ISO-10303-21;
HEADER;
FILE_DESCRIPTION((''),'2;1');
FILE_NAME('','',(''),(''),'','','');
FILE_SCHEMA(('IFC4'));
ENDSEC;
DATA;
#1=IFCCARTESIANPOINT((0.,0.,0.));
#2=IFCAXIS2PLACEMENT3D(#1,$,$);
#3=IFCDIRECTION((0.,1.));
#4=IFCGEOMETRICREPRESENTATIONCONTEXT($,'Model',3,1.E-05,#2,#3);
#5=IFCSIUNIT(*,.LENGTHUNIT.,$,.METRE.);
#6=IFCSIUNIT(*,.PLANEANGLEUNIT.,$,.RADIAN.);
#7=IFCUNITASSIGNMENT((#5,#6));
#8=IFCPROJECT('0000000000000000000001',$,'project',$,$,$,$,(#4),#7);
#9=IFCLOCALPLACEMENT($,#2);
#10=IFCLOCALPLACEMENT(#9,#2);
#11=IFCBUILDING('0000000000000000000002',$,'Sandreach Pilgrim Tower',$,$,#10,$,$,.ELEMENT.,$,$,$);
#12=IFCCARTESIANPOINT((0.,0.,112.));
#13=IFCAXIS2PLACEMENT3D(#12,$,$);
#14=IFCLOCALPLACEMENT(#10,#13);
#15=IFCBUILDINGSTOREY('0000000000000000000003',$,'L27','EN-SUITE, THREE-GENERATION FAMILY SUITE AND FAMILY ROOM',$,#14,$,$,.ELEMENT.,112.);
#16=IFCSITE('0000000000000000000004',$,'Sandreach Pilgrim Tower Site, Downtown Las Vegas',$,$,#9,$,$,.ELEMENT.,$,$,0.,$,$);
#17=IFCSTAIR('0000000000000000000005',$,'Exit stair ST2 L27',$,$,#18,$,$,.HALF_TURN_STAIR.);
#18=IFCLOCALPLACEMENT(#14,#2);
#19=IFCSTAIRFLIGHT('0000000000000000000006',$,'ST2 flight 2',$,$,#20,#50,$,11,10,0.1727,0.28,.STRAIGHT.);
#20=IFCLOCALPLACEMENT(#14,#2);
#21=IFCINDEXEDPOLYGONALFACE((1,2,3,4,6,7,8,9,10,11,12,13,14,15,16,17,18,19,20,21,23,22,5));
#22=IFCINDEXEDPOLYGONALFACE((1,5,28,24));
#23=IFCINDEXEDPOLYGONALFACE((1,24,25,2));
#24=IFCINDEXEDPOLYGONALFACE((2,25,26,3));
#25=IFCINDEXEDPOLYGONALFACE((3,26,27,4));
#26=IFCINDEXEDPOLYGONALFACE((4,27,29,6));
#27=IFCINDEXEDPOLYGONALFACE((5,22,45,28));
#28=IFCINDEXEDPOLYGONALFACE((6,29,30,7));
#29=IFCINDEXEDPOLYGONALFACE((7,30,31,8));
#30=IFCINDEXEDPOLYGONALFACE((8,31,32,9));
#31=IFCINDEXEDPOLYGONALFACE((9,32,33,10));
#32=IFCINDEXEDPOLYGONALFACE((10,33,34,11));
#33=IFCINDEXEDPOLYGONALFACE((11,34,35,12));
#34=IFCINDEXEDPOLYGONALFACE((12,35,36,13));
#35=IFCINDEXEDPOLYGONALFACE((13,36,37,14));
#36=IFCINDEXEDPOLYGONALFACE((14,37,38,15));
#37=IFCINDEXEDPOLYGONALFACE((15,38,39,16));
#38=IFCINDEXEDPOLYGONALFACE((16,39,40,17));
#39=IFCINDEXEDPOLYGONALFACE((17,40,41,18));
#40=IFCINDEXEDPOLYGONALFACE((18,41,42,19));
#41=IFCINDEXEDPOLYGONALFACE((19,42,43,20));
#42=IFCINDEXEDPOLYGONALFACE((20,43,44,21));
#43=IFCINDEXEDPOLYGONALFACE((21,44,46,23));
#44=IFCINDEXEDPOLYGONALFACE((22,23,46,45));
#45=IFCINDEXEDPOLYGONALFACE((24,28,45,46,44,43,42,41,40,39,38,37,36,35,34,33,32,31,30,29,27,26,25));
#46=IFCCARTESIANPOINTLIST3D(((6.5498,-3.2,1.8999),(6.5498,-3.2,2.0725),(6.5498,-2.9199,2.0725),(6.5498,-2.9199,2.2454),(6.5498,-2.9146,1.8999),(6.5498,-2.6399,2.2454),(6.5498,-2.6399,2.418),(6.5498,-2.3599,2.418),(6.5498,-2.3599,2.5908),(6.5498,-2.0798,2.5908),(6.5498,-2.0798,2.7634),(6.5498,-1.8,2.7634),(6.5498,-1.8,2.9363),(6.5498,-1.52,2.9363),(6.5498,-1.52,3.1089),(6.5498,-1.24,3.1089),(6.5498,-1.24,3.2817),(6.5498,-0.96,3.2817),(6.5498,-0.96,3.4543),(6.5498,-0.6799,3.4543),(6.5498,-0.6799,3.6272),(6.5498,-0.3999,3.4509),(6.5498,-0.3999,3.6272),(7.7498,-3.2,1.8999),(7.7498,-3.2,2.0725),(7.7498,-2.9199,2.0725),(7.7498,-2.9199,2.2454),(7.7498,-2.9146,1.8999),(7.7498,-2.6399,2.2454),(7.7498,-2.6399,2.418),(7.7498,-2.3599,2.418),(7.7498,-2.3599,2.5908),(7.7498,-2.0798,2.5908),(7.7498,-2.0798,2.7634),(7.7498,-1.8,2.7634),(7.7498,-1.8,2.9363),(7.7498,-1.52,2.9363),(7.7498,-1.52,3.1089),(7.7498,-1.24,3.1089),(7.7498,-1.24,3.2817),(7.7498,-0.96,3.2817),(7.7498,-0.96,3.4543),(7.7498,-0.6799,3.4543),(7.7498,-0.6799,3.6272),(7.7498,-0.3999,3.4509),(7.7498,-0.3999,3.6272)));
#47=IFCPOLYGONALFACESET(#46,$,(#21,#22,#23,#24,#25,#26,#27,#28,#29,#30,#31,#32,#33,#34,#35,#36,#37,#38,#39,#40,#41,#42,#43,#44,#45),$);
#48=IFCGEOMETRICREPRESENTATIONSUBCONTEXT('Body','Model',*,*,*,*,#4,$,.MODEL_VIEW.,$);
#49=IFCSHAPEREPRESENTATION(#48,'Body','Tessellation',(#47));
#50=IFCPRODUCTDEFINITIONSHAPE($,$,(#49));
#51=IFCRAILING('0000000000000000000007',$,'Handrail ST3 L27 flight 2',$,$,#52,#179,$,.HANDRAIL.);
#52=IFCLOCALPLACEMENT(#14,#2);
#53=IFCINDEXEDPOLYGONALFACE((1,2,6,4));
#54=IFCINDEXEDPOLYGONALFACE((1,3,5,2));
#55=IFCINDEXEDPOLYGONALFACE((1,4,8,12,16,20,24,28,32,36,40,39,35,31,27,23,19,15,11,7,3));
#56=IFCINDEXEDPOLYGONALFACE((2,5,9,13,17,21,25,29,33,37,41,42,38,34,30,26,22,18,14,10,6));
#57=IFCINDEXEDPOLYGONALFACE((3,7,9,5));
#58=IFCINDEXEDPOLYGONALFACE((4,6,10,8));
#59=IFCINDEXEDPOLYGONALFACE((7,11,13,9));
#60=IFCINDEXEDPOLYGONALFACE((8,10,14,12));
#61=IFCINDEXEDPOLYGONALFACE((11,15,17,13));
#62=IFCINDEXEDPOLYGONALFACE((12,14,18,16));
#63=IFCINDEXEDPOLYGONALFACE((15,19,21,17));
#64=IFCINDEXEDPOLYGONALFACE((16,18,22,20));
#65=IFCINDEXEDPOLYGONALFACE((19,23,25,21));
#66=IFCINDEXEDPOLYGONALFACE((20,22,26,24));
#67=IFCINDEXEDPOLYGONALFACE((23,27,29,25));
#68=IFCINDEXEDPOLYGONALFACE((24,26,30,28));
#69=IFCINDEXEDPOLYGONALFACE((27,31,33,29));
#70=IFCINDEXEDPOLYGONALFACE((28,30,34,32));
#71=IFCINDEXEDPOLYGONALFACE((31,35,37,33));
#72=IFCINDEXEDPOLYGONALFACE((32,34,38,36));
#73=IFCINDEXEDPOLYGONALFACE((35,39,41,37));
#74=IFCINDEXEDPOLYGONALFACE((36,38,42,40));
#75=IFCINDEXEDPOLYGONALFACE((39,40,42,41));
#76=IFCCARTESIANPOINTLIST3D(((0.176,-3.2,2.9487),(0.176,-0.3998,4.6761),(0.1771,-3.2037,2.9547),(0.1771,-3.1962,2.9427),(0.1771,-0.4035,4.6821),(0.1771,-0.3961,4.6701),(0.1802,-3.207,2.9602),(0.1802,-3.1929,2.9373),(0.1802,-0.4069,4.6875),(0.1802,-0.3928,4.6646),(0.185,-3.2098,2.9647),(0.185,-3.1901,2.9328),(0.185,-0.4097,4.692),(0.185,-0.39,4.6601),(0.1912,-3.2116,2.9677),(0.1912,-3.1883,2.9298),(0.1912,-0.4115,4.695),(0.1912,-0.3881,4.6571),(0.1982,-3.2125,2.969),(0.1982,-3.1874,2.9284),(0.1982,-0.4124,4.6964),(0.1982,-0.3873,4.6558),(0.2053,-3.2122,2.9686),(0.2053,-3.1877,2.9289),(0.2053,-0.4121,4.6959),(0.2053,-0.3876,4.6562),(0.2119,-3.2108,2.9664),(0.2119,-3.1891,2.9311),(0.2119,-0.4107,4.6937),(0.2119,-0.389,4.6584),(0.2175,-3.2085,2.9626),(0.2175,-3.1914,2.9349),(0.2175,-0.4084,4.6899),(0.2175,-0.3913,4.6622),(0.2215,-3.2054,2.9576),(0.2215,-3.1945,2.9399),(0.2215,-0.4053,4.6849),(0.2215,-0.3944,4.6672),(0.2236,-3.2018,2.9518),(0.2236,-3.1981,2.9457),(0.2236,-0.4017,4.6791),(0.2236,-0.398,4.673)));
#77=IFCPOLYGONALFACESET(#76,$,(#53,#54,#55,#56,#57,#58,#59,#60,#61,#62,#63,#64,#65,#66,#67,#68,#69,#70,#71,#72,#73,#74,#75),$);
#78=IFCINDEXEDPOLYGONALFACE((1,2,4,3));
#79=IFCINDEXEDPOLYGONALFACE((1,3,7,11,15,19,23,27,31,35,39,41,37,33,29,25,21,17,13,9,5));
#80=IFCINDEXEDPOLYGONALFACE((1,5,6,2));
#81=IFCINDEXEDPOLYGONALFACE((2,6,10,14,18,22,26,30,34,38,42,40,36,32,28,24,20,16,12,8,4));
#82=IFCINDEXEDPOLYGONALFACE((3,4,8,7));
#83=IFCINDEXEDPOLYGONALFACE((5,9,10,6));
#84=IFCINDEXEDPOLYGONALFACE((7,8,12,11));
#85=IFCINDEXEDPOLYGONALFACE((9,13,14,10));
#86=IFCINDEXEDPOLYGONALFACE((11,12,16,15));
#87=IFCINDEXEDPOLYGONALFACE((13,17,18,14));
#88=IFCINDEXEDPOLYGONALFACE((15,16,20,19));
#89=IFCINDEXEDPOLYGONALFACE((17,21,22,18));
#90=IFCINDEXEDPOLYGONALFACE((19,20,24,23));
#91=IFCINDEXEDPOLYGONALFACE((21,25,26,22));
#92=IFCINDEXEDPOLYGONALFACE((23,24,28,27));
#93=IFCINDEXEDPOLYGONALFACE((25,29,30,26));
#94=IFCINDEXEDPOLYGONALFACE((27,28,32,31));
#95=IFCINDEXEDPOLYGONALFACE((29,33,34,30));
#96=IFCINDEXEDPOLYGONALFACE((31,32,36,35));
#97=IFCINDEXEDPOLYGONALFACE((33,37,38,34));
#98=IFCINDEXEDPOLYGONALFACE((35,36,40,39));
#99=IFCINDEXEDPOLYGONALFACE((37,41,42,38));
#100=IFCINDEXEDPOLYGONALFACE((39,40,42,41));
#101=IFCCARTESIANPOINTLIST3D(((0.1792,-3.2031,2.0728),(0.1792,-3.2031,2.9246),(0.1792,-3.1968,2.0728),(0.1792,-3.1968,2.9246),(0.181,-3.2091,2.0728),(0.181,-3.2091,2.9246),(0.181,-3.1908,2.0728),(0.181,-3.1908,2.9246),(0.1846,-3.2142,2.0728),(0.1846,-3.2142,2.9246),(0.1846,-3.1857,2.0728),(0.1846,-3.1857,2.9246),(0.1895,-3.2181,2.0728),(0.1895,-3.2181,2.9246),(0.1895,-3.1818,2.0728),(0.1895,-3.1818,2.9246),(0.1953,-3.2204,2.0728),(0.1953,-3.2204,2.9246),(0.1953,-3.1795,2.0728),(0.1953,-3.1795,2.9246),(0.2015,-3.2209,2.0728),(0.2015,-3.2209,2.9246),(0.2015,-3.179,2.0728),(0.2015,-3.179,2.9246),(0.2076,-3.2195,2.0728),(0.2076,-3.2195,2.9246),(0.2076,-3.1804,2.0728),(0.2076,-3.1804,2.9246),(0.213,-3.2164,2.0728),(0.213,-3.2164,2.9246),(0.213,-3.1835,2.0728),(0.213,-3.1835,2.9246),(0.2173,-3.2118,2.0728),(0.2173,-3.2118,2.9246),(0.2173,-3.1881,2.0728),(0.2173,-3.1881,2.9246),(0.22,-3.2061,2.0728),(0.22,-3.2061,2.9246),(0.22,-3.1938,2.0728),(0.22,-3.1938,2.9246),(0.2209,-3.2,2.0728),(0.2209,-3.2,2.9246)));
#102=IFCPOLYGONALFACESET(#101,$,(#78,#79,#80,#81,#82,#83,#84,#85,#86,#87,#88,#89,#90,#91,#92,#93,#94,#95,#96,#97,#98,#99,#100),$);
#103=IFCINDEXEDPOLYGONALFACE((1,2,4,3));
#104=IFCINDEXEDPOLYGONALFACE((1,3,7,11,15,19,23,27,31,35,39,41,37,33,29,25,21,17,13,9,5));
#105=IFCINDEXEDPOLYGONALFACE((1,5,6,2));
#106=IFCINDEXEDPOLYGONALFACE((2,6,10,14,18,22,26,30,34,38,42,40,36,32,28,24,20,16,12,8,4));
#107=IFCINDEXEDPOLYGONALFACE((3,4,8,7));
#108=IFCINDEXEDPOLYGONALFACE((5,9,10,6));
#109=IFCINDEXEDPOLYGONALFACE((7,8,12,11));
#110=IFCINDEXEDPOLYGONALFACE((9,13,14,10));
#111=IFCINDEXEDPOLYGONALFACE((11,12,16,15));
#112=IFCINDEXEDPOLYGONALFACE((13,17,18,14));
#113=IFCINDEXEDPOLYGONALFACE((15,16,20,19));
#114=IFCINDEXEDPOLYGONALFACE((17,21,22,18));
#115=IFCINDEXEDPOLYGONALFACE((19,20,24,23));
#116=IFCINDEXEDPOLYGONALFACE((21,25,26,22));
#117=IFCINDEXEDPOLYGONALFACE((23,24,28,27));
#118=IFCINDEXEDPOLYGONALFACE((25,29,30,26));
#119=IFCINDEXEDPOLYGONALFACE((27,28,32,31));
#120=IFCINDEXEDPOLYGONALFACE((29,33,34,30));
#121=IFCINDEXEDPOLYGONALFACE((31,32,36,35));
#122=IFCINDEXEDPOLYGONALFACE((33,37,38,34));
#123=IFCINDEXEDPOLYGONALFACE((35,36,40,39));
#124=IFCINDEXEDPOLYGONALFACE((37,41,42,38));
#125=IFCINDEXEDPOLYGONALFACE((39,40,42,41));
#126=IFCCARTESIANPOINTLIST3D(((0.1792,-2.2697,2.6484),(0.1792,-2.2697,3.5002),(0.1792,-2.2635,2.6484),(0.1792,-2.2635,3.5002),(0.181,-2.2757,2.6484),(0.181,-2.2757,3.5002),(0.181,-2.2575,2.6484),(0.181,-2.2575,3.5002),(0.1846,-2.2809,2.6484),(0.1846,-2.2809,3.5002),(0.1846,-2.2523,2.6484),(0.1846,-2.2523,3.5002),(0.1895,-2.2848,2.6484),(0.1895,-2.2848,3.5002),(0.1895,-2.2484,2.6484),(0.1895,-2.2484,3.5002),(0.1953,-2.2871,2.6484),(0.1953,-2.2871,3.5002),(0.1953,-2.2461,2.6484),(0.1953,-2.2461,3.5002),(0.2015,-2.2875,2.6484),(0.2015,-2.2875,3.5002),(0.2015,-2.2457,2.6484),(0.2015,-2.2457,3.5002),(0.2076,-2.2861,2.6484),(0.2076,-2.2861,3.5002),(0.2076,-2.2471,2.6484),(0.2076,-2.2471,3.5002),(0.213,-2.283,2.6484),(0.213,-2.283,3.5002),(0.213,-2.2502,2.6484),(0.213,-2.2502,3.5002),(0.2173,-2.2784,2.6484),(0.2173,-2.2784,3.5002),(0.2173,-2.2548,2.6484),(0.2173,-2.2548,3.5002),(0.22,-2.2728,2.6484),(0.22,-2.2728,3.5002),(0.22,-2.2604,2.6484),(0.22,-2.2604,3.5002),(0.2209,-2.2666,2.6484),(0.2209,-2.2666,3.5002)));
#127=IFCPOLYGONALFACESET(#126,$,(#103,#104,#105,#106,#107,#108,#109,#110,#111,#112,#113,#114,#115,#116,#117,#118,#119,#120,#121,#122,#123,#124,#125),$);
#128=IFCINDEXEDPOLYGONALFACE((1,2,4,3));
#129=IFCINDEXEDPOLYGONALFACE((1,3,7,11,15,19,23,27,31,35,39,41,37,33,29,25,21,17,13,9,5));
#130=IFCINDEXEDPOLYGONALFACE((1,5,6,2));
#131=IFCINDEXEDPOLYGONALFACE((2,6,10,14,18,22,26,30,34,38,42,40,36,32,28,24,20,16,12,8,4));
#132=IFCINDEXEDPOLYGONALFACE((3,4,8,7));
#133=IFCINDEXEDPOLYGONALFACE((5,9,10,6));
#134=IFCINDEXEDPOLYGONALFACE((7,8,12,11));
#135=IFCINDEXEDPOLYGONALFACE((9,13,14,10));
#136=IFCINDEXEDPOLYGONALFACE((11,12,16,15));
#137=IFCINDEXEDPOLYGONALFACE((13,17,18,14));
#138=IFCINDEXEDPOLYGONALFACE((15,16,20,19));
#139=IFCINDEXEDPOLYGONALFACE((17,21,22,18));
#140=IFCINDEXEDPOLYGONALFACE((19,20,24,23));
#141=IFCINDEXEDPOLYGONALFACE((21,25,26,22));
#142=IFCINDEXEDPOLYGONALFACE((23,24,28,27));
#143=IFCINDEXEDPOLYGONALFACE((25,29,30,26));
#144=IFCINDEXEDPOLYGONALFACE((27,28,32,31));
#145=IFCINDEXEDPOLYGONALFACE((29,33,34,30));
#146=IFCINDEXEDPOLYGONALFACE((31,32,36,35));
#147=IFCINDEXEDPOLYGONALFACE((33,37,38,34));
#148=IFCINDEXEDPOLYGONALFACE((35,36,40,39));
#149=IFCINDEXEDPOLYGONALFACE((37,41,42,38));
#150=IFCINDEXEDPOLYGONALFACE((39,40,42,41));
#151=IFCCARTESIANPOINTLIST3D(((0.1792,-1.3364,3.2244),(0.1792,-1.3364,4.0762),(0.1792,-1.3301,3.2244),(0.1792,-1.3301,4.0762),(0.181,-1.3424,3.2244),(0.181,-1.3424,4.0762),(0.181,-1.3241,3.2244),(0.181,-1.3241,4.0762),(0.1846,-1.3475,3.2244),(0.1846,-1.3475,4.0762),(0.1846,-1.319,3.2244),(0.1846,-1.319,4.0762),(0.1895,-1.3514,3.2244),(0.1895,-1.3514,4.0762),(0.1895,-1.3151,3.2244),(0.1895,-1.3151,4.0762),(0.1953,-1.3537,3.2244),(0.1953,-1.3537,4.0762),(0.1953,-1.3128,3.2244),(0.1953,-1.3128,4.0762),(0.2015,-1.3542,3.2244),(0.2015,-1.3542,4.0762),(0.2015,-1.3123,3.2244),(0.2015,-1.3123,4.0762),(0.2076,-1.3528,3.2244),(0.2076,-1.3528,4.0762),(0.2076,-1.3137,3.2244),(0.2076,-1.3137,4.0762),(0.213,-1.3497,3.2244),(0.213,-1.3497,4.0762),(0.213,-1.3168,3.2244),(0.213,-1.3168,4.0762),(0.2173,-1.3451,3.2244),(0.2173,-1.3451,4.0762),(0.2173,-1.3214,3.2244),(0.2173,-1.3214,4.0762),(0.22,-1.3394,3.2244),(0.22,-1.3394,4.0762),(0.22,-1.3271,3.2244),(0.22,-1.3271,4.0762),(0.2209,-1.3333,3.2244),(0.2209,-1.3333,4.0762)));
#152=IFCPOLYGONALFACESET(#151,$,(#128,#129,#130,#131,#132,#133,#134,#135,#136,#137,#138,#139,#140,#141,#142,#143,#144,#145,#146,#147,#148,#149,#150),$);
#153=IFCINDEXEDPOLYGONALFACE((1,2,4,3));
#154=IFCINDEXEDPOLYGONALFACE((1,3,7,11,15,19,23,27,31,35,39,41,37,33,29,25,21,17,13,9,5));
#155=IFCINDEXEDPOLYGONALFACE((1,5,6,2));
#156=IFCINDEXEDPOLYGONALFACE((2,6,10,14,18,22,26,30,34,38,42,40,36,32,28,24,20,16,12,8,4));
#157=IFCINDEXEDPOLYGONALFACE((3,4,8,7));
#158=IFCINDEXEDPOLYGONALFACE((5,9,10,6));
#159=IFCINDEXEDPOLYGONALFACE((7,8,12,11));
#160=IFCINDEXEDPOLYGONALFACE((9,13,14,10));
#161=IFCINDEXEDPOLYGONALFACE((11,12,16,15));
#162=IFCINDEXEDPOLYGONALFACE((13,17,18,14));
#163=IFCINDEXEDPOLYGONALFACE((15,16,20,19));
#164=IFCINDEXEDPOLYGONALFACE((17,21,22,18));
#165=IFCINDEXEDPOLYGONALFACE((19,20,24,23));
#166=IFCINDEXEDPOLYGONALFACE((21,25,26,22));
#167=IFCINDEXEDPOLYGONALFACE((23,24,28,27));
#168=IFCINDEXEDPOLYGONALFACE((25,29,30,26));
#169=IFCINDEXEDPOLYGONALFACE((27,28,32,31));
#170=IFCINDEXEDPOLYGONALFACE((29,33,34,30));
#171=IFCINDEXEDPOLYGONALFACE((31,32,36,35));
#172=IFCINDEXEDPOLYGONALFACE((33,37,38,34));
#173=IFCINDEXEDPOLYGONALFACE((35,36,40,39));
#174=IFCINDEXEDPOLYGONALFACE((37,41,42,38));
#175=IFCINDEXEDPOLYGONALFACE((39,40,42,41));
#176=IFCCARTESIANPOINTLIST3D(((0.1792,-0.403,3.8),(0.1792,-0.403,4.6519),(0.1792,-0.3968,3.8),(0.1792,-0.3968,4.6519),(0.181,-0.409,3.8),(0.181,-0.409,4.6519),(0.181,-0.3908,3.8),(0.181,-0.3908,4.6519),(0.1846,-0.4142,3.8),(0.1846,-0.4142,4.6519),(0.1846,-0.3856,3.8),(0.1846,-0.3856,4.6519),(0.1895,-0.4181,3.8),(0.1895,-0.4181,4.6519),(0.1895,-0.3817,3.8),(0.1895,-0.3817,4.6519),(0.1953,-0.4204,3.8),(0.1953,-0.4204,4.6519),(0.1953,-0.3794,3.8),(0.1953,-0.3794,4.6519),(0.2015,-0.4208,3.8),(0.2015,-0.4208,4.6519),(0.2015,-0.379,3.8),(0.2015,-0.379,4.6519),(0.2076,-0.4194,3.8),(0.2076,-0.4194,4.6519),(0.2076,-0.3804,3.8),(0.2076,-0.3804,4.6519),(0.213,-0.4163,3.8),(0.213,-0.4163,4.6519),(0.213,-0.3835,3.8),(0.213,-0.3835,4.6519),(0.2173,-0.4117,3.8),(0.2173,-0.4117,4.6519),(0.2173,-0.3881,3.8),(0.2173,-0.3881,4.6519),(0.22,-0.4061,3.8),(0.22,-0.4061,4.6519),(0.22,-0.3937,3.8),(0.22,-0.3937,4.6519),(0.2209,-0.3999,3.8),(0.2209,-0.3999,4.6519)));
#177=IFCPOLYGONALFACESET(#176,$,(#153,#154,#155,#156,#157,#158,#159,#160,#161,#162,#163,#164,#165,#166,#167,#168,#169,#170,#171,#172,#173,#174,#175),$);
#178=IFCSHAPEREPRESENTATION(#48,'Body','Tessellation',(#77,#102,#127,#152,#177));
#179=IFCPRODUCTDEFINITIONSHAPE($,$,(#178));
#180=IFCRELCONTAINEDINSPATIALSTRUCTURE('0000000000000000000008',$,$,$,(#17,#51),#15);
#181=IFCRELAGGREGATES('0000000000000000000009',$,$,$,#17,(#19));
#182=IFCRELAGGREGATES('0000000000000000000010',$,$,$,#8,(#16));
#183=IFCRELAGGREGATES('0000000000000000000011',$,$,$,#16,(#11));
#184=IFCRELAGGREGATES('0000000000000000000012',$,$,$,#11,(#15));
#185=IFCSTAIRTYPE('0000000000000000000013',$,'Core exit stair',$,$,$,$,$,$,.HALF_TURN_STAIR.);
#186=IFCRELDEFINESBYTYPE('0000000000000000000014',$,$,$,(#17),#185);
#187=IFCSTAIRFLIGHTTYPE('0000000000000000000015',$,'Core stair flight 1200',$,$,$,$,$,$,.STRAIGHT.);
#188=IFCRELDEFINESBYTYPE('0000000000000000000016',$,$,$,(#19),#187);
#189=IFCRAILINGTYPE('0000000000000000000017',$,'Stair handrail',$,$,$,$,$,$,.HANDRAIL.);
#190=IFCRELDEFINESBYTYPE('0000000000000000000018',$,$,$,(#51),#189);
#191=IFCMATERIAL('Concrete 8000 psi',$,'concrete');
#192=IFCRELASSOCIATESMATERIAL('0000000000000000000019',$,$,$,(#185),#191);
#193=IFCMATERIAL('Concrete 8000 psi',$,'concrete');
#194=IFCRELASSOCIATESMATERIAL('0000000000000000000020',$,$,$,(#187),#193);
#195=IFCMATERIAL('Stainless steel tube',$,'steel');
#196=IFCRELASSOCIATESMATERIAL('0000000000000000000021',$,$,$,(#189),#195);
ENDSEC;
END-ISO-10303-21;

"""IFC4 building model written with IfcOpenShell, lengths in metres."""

from ifc_helpers import new_model, si_unit, direction, frame, origin, origin_2d, place, context, subcontext, project, spatial, polyline, circle, outline, extrude, material, type_object, element, aggregate, save


model = new_model("IFC4")

# Units and contexts
model_context = context("Model", 3, precision=1e-05, world=origin(), true_north=direction((0.0, 1.0)))
body_context = subcontext(model_context, "Body", "Model", "MODEL_VIEW")
ifc_project = project(units=[si_unit("LENGTHUNIT", "METRE"), si_unit("PLANEANGLEUNIT", "RADIAN")], contexts=[model_context])

# Site, building, storey
site_placement = place(None, origin())
site = spatial("IfcSite", under=ifc_project, at=site_placement, Name="Sandreach Pilgrim Tower Site, Downtown Las Vegas", CompositionType="ELEMENT", RefElevation=0.0)
building_placement = place(site_placement, origin())
building = spatial("IfcBuilding", under=site, at=building_placement, Name="Sandreach Pilgrim Tower", CompositionType="ELEMENT")
storey_placement = place(building_placement, frame((0.0, 0.0, 112.0)))
storey = spatial("IfcBuildingStorey", under=building, at=storey_placement, Name="L27", Description="EN-SUITE, THREE-GENERATION FAMILY SUITE AND FAMILY ROOM", CompositionType="ELEMENT", Elevation=112.0)

# Stair
ifc_material_1 = material(Name="Concrete 8000 psi", Category="concrete")
stair_type = type_object("IfcStairType", Name="Core exit stair", PredefinedType="HALF_TURN_STAIR", material=ifc_material_1)
stair_1_placement = place(storey_placement, origin())
stair_1 = element("IfcStair", 1, at=stair_1_placement, inside=storey, type_object=stair_type, Name="Exit stair ST2 L27", PredefinedType="HALF_TURN_STAIR")

# Stair flight
ifc_material_2 = material(Name="Concrete 8000 psi", Category="concrete")
stair_flight_type = type_object("IfcStairFlightType", Name="Core stair flight 1200", PredefinedType="STRAIGHT", material=ifc_material_2)
stair_flight_1_placement = place(storey_placement, frame((7.1499, -3.2, 1.8999), z_axis=(0.0, 0.0, 1.0), x_axis=(0.0, 1.0, 0.0)))
stair_flight_1 = element("IfcStairFlight", 2, at=stair_flight_1_placement, type_object=stair_flight_type, Name="ST2 flight 2", NumberOfRisers=11, NumberOfTreads=10, PredefinedType="STRAIGHT", RiserHeight=0.1727, TreadLength=0.28, context=body_context, shape_type="SweptSolid", body=[
    extrude(outline(polyline([(0.0, 0.0), (0.0, 0.1726), (0.28, 0.1726), (0.28, 0.3455), (0.5601, 0.3455), (0.5601, 0.5181), (0.8401, 0.5181), (0.8401, 0.6909), (1.1201, 0.6909), (1.1201, 0.8635), (1.3999, 0.8635), (1.3999, 1.0364), (1.6799, 1.0364), (1.6799, 1.209), (1.96, 1.209), (1.96, 1.3818), (2.24, 1.3818), (2.24, 1.5544), (2.52, 1.5544), (2.52, 1.7273), (2.8, 1.7273), (2.8, 1.8999), (2.8, 1.551), (0.2854, 0.0), (0.0, 0.0)])), frame((0.0, 0.6001, 0.0), z_axis=(0.0, -1.0, 0.0), x_axis=(1.0, 0.0, 0.0)), (0.0, 0.0, 1.0), 1.2),
])
aggregate(stair_1, [stair_flight_1])

# Railing
ifc_material_3 = material(Name="Stainless steel tube", Category="steel")
railing_type = type_object("IfcRailingType", Name="Stair handrail", PredefinedType="HANDRAIL", material=ifc_material_3)
for number, where, name in (
    (3, (0.2, -3.2, 2.0728), "Handrail ST3 L27 flight 2"),
):
    element("IfcRailing", number, at=place(storey_placement, frame(where)), inside=storey, type_object=railing_type, Name=name, PredefinedType="HANDRAIL", context=body_context, shape_type="SweptSolid", body=[
        extrude(circle(Radius=0.0239, at=origin_2d()), frame((0.0, 0.0, 0.876), z_axis=(0.0, 0.85109, 0.52502), x_axis=(-1.0, 0.0, 0.0)), (0.0, 0.0, 1.0), 3.29),
        extrude(circle(Radius=0.021, at=origin_2d()), origin(), (0.0, 0.0, 1.0), 0.8518),
        extrude(circle(Radius=0.021, at=origin_2d()), frame((0.0, 0.9333, 0.5757)), (0.0, 0.0, 1.0), 0.8518),
        extrude(circle(Radius=0.021, at=origin_2d()), frame((0.0, 1.8667, 1.1516)), (0.0, 0.0, 1.0), 0.8518),
        extrude(circle(Radius=0.021, at=origin_2d()), frame((0.0, 2.8, 1.7273)), (0.0, 0.0, 1.0), 0.8518),
    ])

save(model, "model.ifc")
